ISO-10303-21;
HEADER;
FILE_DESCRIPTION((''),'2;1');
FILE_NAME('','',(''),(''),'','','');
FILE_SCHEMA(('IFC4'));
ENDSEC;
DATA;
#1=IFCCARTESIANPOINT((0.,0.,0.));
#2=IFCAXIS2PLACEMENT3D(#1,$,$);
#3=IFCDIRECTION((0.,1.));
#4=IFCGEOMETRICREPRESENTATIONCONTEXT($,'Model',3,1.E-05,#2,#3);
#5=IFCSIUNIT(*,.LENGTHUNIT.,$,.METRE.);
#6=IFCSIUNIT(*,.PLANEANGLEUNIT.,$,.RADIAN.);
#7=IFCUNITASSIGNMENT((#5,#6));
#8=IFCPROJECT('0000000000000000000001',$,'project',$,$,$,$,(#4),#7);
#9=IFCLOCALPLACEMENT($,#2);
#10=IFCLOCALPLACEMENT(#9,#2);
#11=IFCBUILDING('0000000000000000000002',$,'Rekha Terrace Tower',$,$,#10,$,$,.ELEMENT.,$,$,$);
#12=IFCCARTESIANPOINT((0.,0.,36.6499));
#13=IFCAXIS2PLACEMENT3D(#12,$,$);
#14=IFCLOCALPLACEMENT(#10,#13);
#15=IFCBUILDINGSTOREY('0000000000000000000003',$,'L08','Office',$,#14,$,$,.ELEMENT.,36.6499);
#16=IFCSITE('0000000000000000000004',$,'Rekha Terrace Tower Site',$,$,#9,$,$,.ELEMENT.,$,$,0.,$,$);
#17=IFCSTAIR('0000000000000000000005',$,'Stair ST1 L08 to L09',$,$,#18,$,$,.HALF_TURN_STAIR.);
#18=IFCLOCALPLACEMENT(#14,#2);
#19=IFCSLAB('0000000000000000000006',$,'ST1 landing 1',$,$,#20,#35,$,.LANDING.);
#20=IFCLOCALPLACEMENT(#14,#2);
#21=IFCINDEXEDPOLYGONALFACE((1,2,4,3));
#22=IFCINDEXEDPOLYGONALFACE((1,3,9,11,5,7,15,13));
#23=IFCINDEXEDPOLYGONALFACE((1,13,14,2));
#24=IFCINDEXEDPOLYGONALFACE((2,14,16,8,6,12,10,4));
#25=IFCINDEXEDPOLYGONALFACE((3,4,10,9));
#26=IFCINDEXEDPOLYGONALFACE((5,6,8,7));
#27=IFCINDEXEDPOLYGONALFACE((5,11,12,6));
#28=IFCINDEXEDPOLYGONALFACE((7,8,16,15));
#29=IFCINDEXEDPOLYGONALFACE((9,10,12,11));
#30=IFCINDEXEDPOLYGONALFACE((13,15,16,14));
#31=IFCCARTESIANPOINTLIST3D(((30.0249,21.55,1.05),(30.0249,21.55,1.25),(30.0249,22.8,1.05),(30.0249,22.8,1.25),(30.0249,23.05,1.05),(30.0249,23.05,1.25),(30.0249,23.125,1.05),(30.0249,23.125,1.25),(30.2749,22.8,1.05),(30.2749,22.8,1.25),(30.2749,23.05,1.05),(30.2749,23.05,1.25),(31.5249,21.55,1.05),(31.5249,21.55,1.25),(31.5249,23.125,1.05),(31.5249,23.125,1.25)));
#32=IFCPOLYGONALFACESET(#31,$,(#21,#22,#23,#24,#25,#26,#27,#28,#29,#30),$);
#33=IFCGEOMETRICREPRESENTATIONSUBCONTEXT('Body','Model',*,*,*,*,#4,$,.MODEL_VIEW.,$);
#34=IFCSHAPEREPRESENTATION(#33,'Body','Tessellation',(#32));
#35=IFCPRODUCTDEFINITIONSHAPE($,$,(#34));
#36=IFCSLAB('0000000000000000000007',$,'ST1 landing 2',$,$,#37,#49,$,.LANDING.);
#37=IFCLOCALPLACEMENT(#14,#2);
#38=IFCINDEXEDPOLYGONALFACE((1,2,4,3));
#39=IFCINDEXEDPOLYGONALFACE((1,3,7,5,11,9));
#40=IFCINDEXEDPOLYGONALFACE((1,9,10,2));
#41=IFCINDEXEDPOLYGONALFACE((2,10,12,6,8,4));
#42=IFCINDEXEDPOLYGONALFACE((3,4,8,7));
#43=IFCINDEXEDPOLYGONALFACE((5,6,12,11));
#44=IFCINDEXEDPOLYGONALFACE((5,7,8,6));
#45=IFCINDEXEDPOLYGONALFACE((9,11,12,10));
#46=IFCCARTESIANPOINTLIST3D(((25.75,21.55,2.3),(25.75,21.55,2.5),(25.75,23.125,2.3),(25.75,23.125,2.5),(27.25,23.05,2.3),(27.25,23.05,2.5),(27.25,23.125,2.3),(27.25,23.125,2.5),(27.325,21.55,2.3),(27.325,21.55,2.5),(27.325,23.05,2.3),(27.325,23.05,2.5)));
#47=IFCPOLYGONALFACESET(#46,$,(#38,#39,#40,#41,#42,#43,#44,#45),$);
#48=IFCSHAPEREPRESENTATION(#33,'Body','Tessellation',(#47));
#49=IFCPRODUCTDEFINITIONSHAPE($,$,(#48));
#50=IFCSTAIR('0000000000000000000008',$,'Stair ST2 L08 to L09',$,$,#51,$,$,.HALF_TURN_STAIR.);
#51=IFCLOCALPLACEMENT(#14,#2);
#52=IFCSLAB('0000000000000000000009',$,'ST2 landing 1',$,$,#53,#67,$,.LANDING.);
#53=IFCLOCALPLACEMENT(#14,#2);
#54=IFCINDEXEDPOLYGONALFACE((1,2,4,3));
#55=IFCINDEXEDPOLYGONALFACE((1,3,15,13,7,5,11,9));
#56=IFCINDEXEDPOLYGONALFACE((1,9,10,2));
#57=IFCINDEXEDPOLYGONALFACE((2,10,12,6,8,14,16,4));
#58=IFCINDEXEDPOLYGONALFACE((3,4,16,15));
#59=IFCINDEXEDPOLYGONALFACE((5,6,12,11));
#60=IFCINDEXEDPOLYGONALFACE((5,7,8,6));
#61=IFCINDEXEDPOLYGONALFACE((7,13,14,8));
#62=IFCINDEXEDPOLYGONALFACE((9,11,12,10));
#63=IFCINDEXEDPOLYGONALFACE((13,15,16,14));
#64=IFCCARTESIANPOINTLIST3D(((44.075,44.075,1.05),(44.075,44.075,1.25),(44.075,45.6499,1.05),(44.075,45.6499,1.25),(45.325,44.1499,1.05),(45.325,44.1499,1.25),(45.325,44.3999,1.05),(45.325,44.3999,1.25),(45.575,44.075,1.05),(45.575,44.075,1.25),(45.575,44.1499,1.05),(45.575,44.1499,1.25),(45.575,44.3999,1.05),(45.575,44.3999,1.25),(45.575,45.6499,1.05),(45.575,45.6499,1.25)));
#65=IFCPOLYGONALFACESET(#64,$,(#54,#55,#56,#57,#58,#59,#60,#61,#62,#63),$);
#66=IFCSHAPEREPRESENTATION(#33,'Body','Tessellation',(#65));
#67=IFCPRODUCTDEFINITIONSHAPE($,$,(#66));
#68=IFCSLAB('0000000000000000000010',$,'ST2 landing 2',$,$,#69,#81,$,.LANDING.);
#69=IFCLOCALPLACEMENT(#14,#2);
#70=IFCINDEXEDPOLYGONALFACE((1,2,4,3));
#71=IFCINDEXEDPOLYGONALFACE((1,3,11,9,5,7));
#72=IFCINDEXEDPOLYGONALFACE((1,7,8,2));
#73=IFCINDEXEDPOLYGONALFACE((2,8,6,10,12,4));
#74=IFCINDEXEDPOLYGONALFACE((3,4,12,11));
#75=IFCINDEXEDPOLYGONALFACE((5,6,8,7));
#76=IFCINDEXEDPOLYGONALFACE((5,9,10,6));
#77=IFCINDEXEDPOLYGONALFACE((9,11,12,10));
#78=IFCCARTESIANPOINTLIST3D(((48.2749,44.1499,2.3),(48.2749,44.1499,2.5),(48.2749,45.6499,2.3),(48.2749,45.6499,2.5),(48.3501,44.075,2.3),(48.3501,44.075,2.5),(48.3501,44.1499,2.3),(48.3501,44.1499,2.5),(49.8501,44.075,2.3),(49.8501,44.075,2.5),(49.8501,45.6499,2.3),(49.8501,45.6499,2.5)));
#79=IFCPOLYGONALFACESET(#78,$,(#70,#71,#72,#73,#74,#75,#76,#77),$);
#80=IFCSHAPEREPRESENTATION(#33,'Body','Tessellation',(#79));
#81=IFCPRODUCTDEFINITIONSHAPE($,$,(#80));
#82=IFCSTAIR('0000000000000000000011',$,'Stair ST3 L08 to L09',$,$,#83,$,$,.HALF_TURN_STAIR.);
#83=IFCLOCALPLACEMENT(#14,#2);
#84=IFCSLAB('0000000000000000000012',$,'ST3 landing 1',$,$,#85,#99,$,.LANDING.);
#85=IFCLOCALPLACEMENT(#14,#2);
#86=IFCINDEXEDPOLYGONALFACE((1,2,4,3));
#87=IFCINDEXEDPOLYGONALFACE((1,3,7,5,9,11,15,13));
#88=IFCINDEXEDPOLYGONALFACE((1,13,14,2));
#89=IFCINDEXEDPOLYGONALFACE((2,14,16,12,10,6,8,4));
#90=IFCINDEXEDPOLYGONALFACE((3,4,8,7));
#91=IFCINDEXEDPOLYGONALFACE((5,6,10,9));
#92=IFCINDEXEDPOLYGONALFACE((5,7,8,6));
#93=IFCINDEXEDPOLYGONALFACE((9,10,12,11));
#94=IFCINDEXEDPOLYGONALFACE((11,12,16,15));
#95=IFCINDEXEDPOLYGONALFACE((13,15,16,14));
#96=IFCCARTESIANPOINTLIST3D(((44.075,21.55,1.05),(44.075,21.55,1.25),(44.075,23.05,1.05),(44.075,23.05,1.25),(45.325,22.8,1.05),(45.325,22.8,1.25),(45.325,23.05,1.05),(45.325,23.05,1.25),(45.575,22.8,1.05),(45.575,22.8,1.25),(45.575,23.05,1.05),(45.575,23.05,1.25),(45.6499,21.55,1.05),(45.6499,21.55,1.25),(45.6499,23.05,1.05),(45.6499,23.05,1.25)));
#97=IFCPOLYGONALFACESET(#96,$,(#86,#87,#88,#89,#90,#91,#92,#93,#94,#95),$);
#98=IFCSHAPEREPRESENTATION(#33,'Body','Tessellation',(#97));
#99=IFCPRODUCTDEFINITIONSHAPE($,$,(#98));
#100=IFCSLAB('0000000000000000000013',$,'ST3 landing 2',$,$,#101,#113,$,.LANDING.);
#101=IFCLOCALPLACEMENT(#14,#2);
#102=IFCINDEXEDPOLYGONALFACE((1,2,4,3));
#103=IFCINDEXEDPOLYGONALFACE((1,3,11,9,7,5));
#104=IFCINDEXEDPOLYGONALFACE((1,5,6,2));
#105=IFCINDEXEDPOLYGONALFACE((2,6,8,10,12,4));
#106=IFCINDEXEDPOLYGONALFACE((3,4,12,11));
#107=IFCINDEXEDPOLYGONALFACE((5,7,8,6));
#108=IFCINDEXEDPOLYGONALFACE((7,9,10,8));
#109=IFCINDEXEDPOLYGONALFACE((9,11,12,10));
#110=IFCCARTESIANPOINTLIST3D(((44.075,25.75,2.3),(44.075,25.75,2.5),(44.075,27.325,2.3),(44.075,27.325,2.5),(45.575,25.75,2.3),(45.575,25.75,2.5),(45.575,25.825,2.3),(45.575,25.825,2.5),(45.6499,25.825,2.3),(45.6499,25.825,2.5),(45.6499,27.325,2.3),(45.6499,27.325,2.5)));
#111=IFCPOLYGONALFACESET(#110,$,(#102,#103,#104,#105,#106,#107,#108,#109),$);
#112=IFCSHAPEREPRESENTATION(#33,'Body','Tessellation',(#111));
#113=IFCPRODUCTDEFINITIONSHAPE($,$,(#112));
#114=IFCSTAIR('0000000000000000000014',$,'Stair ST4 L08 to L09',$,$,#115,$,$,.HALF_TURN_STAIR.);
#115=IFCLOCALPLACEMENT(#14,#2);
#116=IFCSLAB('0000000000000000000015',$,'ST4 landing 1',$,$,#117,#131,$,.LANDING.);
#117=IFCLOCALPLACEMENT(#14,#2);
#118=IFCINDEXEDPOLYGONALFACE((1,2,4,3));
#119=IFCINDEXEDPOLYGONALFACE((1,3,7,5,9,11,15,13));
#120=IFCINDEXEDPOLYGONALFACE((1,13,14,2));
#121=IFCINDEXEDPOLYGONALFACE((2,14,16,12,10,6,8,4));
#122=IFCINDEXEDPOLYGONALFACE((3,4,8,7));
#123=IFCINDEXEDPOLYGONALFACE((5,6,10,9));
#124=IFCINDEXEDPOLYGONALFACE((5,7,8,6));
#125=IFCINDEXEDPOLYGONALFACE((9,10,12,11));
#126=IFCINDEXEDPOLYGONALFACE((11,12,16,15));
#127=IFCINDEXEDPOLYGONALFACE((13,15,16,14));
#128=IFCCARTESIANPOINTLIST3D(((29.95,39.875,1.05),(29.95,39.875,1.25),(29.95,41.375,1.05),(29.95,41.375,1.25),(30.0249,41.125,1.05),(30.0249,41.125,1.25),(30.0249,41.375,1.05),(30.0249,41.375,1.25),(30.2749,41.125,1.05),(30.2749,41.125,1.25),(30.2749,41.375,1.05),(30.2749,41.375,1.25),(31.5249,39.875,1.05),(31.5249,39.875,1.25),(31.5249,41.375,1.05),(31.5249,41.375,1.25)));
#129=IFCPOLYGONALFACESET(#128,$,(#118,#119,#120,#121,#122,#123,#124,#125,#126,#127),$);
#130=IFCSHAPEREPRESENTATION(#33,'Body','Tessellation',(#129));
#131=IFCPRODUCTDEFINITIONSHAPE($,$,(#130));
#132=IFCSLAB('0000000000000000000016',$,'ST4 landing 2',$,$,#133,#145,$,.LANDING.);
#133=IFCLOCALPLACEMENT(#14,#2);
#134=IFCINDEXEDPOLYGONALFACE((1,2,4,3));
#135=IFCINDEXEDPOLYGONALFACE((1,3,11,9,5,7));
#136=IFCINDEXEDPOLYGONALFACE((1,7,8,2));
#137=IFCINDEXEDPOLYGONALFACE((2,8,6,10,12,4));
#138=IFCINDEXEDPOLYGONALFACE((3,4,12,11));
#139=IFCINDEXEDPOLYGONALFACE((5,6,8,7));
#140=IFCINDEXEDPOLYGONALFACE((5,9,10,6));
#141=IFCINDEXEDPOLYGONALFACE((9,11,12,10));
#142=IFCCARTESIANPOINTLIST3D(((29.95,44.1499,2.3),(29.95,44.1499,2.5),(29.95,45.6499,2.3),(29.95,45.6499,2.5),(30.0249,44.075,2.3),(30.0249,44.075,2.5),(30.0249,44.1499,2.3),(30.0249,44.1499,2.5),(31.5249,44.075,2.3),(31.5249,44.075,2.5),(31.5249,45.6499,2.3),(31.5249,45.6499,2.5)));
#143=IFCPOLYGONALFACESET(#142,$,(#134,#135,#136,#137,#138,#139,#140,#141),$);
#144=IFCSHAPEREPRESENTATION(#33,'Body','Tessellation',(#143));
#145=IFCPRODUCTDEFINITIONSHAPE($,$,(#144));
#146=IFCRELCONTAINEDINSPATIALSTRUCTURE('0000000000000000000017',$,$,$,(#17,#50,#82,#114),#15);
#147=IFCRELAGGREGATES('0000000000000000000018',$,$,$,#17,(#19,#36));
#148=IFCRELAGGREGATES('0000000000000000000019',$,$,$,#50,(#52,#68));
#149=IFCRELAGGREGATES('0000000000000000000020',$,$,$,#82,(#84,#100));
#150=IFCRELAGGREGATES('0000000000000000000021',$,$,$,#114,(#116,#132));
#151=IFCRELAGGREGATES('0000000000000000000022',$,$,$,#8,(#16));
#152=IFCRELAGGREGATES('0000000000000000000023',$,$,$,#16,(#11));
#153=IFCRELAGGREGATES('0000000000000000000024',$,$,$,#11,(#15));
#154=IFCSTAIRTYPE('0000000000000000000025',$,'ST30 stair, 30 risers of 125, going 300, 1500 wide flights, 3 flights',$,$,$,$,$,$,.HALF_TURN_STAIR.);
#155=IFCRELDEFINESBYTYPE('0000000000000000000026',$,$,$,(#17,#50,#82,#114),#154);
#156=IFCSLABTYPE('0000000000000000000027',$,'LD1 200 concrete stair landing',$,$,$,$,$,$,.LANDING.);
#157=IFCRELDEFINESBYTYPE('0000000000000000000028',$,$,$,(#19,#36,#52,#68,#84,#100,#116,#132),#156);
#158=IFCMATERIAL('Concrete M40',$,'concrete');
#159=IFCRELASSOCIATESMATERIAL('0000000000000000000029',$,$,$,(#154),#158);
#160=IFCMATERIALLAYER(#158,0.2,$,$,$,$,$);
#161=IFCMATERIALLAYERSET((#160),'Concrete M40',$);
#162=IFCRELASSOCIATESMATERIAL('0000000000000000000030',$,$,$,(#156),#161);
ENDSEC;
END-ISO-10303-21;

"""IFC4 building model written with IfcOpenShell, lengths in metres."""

from ifc_helpers import new_model, si_unit, direction, frame, origin, place, context, subcontext, project, spatial, polyline, outline, extrude, material, layer, layer_set, type_object, element, aggregate, save


model = new_model("IFC4")

# Units and contexts
model_context = context("Model", 3, precision=1e-05, world=origin(), true_north=direction((0.0, 1.0)))
body_context = subcontext(model_context, "Body", "Model", "MODEL_VIEW")
ifc_project = project(units=[si_unit("LENGTHUNIT", "METRE"), si_unit("PLANEANGLEUNIT", "RADIAN")], contexts=[model_context])

# Site, building, storey
site_placement = place(None, origin())
site = spatial("IfcSite", under=ifc_project, at=site_placement, Name="Rekha Terrace Tower Site", CompositionType="ELEMENT", RefElevation=0.0)
building_placement = place(site_placement, origin())
building = spatial("IfcBuilding", under=site, at=building_placement, Name="Rekha Terrace Tower", CompositionType="ELEMENT")
storey_placement = place(building_placement, frame((0.0, 0.0, 36.6499)))
storey = spatial("IfcBuildingStorey", under=building, at=storey_placement, Name="L08", Description="Office", CompositionType="ELEMENT", Elevation=36.6499)

# Stairs, slabs
ifc_material_1 = material(Name="Concrete M40", Category="concrete")
stair_type = type_object("IfcStairType", Name="ST30 stair, 30 risers of 125, going 300, 1500 wide flights, 3 flights", PredefinedType="HALF_TURN_STAIR", material=ifc_material_1)
stair_1_placement = place(storey_placement, origin())
stair_1 = element("IfcStair", 1, at=stair_1_placement, inside=storey, type_object=stair_type, Name="Stair ST1 L08 to L09", PredefinedType="HALF_TURN_STAIR")
ifc_layer_1 = layer(ifc_material_1, 0.2)
ifc_layer_set_1 = layer_set([ifc_layer_1], Name="Concrete M40")
slab_type_1 = type_object("IfcSlabType", Name="LD1 200 concrete stair landing", PredefinedType="LANDING", material=ifc_layer_set_1)
slab_1_placement = place(storey_placement, frame((0.0, 0.0, 1.05)))
slab_1 = element("IfcSlab", 2, at=slab_1_placement, type_object=slab_type_1, Name="ST1 landing 1", PredefinedType="LANDING", context=body_context, shape_type="SweptSolid", body=[
    extrude(outline(polyline([(30.0249, 21.55), (31.5249, 21.55), (31.5249, 23.125), (30.0249, 23.125), (30.0249, 23.05), (30.2749, 23.05), (30.2749, 22.8), (30.0249, 22.8), (30.0249, 21.55)])), origin(), (0.0, 0.0, 1.0), 0.2),
])
slab_2_placement = place(storey_placement, frame((0.0, 0.0, 2.3)))
slab_2 = element("IfcSlab", 3, at=slab_2_placement, type_object=slab_type_1, Name="ST1 landing 2", PredefinedType="LANDING", context=body_context, shape_type="SweptSolid", body=[
    extrude(outline(polyline([(27.25, 23.125), (25.75, 23.125), (25.75, 21.55), (27.325, 21.55), (27.325, 23.05), (27.25, 23.05), (27.25, 23.125)])), origin(), (0.0, 0.0, 1.0), 0.2),
])
aggregate(stair_1, [slab_1, slab_2])
stair_2_placement = place(storey_placement, origin())
stair_2 = element("IfcStair", 4, at=stair_2_placement, inside=storey, type_object=stair_type, Name="Stair ST2 L08 to L09", PredefinedType="HALF_TURN_STAIR")
slab_3_placement = place(storey_placement, frame((0.0, 0.0, 1.05)))
slab_3 = element("IfcSlab", 5, at=slab_3_placement, type_object=slab_type_1, Name="ST2 landing 1", PredefinedType="LANDING", context=body_context, shape_type="SweptSolid", body=[
    extrude(outline(polyline([(45.575, 45.6499), (44.075, 45.6499), (44.075, 44.075), (45.575, 44.075), (45.575, 44.1499), (45.325, 44.1499), (45.325, 44.3999), (45.575, 44.3999), (45.575, 45.6499)])), origin(), (0.0, 0.0, 1.0), 0.2),
])
slab_4_placement = place(storey_placement, frame((0.0, 0.0, 2.3)))
slab_4 = element("IfcSlab", 6, at=slab_4_placement, type_object=slab_type_1, Name="ST2 landing 2", PredefinedType="LANDING", context=body_context, shape_type="SweptSolid", body=[
    extrude(outline(polyline([(48.3501, 44.075), (49.8501, 44.075), (49.8501, 45.6499), (48.2749, 45.6499), (48.2749, 44.1499), (48.3501, 44.1499), (48.3501, 44.075)])), origin(), (0.0, 0.0, 1.0), 0.2),
])
aggregate(stair_2, [slab_3, slab_4])
stair_3_placement = place(storey_placement, origin())
stair_3 = element("IfcStair", 7, at=stair_3_placement, inside=storey, type_object=stair_type, Name="Stair ST3 L08 to L09", PredefinedType="HALF_TURN_STAIR")
slab_5_placement = place(storey_placement, frame((0.0, 0.0, 1.05)))
slab_5 = element("IfcSlab", 8, at=slab_5_placement, type_object=slab_type_1, Name="ST3 landing 1", PredefinedType="LANDING", context=body_context, shape_type="SweptSolid", body=[
    extrude(outline(polyline([(44.075, 23.05), (44.075, 21.55), (45.6499, 21.55), (45.6499, 23.05), (45.575, 23.05), (45.575, 22.8), (45.325, 22.8), (45.325, 23.05), (44.075, 23.05)])), origin(), (0.0, 0.0, 1.0), 0.2),
])
slab_6_placement = place(storey_placement, frame((0.0, 0.0, 2.3)))
slab_6 = element("IfcSlab", 9, at=slab_6_placement, type_object=slab_type_1, Name="ST3 landing 2", PredefinedType="LANDING", context=body_context, shape_type="SweptSolid", body=[
    extrude(outline(polyline([(45.6499, 25.825), (45.6499, 27.325), (44.075, 27.325), (44.075, 25.75), (45.575, 25.75), (45.575, 25.825), (45.6499, 25.825)])), origin(), (0.0, 0.0, 1.0), 0.2),
])
aggregate(stair_3, [slab_5, slab_6])
stair_4_placement = place(storey_placement, origin())
stair_4 = element("IfcStair", 10, at=stair_4_placement, inside=storey, type_object=stair_type, Name="Stair ST4 L08 to L09", PredefinedType="HALF_TURN_STAIR")
slab_7_placement = place(storey_placement, frame((0.0, 0.0, 1.05)))
slab_7 = element("IfcSlab", 11, at=slab_7_placement, type_object=slab_type_1, Name="ST4 landing 1", PredefinedType="LANDING", context=body_context, shape_type="SweptSolid", body=[
    extrude(outline(polyline([(31.5249, 41.375), (31.5249, 39.875), (29.95, 39.875), (29.95, 41.375), (30.0249, 41.375), (30.0249, 41.125), (30.2749, 41.125), (30.2749, 41.375), (31.5249, 41.375)])), origin(), (0.0, 0.0, 1.0), 0.2),
])
slab_8_placement = place(storey_placement, frame((0.0, 0.0, 2.3)))
slab_8 = element("IfcSlab", 12, at=slab_8_placement, type_object=slab_type_1, Name="ST4 landing 2", PredefinedType="LANDING", context=body_context, shape_type="SweptSolid", body=[
    extrude(outline(polyline([(29.95, 44.1499), (29.95, 45.6499), (31.5249, 45.6499), (31.5249, 44.075), (30.0249, 44.075), (30.0249, 44.1499), (29.95, 44.1499)])), origin(), (0.0, 0.0, 1.0), 0.2),
])
aggregate(stair_4, [slab_7, slab_8])

save(model, "model.ifc")
